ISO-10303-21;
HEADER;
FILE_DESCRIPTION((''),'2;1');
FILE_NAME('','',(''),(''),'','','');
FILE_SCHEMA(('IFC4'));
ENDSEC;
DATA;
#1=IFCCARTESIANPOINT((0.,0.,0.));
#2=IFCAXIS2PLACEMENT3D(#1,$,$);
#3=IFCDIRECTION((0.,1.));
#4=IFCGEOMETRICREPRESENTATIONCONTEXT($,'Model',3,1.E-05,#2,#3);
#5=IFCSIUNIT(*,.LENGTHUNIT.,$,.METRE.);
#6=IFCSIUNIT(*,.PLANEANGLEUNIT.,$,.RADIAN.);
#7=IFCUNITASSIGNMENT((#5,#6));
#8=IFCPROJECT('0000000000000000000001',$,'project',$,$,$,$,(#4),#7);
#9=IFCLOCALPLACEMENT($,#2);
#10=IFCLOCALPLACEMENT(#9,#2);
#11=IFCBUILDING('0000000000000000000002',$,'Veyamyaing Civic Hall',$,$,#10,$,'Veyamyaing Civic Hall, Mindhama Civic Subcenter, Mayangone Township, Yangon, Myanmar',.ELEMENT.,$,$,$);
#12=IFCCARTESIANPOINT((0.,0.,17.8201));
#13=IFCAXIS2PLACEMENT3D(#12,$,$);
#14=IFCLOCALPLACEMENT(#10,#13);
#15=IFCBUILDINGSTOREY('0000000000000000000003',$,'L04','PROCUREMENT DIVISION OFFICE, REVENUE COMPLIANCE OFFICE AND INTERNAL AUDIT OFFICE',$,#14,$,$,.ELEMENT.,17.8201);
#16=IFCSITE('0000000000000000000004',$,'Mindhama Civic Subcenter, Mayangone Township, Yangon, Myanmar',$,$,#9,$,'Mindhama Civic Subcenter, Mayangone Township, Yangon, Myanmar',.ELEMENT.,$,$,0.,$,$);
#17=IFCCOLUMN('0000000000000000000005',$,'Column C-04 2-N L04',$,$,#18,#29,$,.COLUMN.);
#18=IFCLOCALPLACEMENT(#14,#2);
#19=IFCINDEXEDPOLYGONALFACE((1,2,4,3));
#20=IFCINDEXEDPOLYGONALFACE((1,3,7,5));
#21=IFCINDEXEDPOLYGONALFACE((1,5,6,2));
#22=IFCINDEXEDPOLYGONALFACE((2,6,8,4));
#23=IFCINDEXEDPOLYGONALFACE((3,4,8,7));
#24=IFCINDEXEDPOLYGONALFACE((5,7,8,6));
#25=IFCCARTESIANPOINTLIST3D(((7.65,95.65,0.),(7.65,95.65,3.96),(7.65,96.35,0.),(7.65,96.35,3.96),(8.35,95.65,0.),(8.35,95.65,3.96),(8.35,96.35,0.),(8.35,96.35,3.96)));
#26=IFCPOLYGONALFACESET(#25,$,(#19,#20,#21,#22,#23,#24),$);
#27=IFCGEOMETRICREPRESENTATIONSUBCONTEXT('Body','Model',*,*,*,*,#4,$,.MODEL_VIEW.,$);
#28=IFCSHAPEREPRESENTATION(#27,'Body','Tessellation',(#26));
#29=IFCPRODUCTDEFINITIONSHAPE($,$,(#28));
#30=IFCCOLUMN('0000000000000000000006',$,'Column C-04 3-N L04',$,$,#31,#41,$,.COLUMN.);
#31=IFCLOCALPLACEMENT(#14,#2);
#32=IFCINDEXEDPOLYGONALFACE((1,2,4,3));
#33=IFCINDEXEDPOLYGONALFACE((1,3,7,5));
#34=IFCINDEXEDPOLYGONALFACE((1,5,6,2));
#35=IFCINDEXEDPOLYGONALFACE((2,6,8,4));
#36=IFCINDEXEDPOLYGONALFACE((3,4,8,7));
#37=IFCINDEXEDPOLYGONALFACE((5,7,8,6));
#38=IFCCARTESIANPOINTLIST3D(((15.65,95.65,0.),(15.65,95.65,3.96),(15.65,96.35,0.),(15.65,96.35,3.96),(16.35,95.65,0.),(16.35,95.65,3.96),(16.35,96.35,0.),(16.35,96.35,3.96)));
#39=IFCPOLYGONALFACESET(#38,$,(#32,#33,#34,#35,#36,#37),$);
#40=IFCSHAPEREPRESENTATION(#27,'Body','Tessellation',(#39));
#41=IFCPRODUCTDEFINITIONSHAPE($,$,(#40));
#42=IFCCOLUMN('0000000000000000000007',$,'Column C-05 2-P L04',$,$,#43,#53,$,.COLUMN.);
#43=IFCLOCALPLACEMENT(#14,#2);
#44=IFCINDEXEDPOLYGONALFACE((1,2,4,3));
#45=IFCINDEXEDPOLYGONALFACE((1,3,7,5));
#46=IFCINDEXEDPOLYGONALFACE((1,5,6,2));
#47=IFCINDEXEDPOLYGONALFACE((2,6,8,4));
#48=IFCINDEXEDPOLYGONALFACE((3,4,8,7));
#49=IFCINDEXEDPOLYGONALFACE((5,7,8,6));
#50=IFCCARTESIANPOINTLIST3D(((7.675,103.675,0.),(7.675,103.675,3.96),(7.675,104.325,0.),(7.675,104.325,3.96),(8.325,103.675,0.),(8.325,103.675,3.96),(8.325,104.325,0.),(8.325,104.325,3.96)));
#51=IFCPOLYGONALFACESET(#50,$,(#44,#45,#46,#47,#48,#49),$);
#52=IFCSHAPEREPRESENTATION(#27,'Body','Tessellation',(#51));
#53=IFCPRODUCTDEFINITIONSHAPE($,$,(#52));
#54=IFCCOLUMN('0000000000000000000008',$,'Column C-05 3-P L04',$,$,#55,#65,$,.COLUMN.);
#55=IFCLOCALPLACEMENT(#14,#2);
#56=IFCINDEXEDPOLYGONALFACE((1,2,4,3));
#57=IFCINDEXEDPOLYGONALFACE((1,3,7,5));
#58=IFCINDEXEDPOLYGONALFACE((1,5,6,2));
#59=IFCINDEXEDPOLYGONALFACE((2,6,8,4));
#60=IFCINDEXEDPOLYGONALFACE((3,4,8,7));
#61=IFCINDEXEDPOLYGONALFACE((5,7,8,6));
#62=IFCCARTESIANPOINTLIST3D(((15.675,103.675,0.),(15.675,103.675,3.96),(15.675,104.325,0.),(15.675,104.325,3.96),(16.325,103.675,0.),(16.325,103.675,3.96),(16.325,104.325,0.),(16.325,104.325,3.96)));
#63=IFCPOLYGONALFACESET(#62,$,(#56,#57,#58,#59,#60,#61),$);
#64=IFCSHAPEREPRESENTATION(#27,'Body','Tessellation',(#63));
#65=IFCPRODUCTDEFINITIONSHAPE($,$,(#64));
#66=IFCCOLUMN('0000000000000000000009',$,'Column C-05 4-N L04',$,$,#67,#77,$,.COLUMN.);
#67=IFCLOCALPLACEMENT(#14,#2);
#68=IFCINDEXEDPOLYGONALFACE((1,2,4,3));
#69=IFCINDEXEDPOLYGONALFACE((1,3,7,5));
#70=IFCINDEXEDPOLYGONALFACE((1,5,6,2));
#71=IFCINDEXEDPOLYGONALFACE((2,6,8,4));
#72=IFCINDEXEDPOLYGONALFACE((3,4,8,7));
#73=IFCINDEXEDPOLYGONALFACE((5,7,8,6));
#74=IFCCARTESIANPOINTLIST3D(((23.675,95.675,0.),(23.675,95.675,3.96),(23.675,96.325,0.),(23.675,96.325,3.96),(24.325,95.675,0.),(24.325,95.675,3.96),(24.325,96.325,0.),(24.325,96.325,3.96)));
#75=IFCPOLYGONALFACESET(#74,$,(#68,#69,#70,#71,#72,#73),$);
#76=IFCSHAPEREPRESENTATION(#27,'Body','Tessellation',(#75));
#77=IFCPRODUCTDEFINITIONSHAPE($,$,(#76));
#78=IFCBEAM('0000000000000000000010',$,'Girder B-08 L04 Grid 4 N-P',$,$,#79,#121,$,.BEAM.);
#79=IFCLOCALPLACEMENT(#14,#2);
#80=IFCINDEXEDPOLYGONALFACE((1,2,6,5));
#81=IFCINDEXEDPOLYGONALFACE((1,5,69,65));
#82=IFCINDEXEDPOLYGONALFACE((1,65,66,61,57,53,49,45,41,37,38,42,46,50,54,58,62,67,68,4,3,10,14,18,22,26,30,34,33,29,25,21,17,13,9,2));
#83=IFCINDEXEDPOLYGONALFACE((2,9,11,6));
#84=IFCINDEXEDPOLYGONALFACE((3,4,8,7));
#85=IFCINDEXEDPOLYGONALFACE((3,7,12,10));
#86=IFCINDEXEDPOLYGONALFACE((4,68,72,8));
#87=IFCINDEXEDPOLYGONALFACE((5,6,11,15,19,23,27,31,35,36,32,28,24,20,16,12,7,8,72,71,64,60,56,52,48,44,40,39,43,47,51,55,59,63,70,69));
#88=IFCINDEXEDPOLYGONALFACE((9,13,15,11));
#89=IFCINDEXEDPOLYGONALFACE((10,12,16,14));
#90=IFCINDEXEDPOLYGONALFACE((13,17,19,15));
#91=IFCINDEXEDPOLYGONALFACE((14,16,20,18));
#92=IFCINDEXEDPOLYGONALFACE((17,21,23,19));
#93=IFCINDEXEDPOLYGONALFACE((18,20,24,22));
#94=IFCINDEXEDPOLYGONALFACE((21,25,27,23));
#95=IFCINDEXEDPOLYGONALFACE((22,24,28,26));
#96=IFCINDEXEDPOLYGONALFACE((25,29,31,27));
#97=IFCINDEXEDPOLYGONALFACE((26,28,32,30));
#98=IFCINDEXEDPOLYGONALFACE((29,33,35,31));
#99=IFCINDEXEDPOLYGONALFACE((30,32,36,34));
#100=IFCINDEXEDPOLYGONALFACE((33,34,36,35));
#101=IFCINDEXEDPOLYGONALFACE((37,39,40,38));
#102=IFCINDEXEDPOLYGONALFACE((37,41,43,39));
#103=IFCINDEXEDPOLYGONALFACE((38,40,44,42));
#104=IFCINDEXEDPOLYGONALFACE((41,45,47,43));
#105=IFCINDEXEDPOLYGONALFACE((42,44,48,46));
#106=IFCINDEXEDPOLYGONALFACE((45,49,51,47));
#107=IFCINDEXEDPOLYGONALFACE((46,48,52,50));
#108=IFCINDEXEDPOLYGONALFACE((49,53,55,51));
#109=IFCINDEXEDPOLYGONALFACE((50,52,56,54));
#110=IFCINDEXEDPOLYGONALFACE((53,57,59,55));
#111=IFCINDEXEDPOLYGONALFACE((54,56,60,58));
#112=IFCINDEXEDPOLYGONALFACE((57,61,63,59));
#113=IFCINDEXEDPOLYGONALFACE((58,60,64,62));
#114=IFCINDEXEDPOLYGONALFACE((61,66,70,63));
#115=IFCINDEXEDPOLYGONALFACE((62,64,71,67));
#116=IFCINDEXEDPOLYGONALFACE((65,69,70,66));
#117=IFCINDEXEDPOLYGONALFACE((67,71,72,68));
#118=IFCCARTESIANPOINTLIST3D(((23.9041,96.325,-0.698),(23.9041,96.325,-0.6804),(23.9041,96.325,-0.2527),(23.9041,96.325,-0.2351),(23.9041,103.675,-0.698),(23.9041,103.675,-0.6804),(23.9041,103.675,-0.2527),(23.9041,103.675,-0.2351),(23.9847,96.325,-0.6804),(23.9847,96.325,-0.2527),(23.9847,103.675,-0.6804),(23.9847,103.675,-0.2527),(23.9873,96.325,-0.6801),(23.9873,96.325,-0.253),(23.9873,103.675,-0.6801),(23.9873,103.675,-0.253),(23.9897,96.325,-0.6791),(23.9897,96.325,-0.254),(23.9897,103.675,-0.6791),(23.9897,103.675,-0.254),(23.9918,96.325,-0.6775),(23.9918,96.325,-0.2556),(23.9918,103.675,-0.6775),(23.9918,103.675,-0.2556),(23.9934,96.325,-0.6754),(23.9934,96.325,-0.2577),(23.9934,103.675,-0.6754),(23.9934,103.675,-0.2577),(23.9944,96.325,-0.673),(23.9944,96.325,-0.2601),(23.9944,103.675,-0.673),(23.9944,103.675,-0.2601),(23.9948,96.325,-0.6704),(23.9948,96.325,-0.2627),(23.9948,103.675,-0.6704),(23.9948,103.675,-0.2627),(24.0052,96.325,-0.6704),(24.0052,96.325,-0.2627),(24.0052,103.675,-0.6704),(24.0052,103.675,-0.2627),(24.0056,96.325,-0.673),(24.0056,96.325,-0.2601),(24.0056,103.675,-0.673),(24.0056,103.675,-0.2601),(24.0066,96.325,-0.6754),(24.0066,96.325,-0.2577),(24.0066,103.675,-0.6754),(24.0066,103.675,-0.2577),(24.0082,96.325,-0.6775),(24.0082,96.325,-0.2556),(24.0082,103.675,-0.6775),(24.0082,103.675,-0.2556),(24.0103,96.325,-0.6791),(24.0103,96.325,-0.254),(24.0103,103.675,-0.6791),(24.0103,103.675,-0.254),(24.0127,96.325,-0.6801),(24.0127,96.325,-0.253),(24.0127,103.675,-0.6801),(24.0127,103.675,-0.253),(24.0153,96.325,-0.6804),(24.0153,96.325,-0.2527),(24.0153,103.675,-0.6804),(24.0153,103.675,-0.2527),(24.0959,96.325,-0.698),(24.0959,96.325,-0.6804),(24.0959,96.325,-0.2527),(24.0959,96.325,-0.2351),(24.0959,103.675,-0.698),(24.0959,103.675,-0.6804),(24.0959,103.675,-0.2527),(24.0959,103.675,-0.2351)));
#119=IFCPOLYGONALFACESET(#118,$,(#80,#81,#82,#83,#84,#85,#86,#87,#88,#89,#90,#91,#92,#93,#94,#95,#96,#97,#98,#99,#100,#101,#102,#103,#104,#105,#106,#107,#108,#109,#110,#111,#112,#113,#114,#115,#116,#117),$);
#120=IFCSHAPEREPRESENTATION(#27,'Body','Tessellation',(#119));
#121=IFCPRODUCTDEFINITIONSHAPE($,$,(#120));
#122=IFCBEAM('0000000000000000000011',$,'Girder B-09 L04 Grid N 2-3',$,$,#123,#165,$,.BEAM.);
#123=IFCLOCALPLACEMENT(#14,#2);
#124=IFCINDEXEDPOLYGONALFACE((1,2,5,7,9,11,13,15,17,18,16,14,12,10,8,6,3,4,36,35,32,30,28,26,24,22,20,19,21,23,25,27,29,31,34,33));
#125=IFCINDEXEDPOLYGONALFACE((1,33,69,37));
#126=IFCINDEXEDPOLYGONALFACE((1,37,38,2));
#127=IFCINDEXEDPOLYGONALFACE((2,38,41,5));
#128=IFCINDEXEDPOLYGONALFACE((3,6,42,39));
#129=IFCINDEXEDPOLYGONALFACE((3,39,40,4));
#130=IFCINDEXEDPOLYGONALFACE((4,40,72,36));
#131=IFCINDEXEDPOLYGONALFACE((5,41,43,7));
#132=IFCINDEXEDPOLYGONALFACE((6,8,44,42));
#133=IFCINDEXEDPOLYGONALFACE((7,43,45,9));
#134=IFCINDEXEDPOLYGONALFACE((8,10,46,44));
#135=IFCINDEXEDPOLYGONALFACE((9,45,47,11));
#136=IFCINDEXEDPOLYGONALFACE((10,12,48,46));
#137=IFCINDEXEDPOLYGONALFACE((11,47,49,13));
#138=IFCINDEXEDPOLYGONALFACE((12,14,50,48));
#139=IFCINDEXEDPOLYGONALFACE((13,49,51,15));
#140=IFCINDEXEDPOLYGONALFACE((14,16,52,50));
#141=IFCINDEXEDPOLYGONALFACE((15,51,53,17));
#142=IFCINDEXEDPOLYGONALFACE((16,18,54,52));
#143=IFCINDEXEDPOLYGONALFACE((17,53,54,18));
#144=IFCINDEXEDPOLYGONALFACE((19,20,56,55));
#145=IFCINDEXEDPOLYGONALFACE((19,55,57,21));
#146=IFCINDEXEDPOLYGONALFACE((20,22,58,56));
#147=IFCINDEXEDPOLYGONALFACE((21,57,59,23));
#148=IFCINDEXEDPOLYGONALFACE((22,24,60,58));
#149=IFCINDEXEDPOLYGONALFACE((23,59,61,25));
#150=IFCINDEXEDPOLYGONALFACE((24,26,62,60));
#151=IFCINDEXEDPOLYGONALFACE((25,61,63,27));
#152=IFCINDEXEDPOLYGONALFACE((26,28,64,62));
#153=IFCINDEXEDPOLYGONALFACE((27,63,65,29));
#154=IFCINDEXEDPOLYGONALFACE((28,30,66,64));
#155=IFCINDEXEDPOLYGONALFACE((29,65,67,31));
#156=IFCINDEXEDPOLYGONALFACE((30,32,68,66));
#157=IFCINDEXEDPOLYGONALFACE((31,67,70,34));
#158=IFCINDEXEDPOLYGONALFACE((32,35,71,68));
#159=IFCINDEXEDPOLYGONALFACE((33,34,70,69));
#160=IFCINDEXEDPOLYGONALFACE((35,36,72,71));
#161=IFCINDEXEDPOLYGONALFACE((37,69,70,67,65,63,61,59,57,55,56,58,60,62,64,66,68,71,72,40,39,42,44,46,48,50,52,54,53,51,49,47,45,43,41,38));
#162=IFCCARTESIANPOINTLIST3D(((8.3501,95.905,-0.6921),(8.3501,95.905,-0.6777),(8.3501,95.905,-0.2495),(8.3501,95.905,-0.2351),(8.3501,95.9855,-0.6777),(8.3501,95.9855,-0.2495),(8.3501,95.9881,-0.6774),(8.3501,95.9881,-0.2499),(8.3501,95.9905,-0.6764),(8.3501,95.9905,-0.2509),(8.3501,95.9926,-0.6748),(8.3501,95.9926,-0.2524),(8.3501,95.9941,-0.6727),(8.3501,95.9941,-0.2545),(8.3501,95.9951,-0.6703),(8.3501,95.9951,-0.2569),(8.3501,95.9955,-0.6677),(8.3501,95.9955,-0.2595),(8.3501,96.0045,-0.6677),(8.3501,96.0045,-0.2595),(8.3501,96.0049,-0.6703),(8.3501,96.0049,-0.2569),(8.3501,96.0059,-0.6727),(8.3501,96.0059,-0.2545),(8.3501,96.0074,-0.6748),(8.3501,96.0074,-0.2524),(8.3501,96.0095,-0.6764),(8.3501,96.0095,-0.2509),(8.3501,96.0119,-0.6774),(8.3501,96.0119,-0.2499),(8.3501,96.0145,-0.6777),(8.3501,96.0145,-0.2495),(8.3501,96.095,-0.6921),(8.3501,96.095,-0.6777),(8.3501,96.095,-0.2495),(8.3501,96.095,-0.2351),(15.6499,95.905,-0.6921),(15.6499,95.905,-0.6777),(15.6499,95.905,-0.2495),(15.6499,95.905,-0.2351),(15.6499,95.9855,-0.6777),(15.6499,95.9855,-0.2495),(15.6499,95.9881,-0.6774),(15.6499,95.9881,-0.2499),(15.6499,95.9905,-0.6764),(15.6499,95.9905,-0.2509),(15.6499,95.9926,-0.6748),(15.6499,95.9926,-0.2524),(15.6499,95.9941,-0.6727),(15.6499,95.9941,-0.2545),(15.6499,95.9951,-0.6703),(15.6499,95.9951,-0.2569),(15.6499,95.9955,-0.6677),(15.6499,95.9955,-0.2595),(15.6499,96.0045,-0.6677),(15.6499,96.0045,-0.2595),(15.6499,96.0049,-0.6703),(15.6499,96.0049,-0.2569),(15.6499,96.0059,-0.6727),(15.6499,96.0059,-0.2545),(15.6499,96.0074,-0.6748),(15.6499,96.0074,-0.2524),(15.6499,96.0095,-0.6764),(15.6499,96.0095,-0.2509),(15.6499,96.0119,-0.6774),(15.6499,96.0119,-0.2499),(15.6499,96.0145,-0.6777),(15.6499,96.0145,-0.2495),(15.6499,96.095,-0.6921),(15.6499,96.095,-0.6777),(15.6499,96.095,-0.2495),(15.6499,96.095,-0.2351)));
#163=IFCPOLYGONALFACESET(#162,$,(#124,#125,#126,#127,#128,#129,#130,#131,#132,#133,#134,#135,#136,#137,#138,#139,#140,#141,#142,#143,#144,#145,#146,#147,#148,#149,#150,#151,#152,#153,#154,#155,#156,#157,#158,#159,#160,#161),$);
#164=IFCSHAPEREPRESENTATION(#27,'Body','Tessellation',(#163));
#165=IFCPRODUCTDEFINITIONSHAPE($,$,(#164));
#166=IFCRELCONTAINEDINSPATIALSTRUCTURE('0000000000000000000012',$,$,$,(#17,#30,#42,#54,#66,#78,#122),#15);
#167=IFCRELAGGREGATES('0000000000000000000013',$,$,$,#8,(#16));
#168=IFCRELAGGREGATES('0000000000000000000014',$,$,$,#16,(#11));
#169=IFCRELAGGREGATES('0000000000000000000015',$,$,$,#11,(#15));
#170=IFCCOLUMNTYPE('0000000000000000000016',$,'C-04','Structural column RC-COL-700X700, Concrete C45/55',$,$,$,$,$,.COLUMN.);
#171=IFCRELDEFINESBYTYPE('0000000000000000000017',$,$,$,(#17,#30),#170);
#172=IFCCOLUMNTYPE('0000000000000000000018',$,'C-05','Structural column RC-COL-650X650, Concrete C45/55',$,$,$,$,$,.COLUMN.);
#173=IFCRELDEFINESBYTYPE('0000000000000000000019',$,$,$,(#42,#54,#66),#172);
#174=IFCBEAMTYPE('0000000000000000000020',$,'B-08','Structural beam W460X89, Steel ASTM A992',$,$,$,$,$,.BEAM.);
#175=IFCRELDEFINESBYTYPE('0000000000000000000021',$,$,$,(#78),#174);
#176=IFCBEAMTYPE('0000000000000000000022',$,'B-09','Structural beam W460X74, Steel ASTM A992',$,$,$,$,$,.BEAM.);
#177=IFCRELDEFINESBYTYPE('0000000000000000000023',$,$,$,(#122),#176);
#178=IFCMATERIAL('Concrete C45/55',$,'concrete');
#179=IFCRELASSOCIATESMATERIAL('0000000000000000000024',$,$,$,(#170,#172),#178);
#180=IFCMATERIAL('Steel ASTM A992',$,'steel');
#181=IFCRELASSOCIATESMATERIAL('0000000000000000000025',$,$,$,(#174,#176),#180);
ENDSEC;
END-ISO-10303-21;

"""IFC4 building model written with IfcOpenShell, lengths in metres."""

from ifc_helpers import new_model, si_unit, direction, frame, origin, origin_2d, place, context, subcontext, project, spatial, rectangle, i_section, extrude, material, material_profile, profile_set, type_object, element, save


model = new_model("IFC4")

# Units and contexts
model_context = context("Model", 3, precision=1e-05, world=origin(), true_north=direction((0.0, 1.0)))
body_context = subcontext(model_context, "Body", "Model", "MODEL_VIEW")
ifc_project = project(units=[si_unit("LENGTHUNIT", "METRE"), si_unit("PLANEANGLEUNIT", "RADIAN")], contexts=[model_context])

# Site, building, storey
site_placement = place(None, origin())
site = spatial("IfcSite", under=ifc_project, at=site_placement, Name="Mindhama Civic Subcenter, Mayangone Township, Yangon, Myanmar", LongName="Mindhama Civic Subcenter, Mayangone Township, Yangon, Myanmar", CompositionType="ELEMENT", RefElevation=0.0)
building_placement = place(site_placement, origin())
building = spatial("IfcBuilding", under=site, at=building_placement, Name="Veyamyaing Civic Hall", LongName="Veyamyaing Civic Hall, Mindhama Civic Subcenter, Mayangone Township, Yangon, Myanmar", CompositionType="ELEMENT")
storey_placement = place(building_placement, frame((0.0, 0.0, 17.8201)))
storey = spatial("IfcBuildingStorey", under=building, at=storey_placement, Name="L04", Description="PROCUREMENT DIVISION OFFICE, REVENUE COMPLIANCE OFFICE AND INTERNAL AUDIT OFFICE", CompositionType="ELEMENT", Elevation=17.8201)

# Columns
ifc_material_1 = material(Name="Concrete C45/55", Category="concrete")
ifc_material_profile_1 = material_profile(ifc_material_1, rectangle(XDim=0.7, YDim=0.7, at=origin_2d()), Name="RC-COL-700X700")
ifc_profile_set_1 = profile_set([ifc_material_profile_1], Name="Concrete C45/55")
column_type_1 = type_object("IfcColumnType", Name="C-04", Description="Structural column RC-COL-700X700, Concrete C45/55", PredefinedType="COLUMN", material=ifc_profile_set_1)
for number, where, z_axis, x_axis, name in (
    (1, (8.0, 96.0, 0.0), (0.0, 0.0, 1.0), (1.0, 0.0, 0.0), "Column C-04 2-N L04"),
    (2, (16.0, 96.0, 0.0), (0.0, 0.0, 1.0), (1.0, 0.0, 0.0), "Column C-04 3-N L04"),
):
    element("IfcColumn", number, at=place(storey_placement, frame(where, z_axis=z_axis, x_axis=x_axis)), inside=storey, type_object=column_type_1, Name=name, PredefinedType="COLUMN", context=body_context, shape_type="SweptSolid", body=[
        extrude(rectangle(XDim=0.7, YDim=0.7, at=origin_2d()), origin(), (0.0, 0.0, 1.0), 3.96),
    ])
ifc_material_profile_2 = material_profile(ifc_material_1, rectangle(XDim=0.6499, YDim=0.6499, at=origin_2d()), Name="RC-COL-650X650")
ifc_profile_set_2 = profile_set([ifc_material_profile_2], Name="Concrete C45/55")
column_type_2 = type_object("IfcColumnType", Name="C-05", Description="Structural column RC-COL-650X650, Concrete C45/55", PredefinedType="COLUMN", material=ifc_profile_set_2)
for number, where, z_axis, x_axis, name in (
    (3, (8.0, 104.0, 0.0), (0.0, 0.0, 1.0), (1.0, 0.0, 0.0), "Column C-05 2-P L04"),
    (4, (16.0, 104.0, 0.0), (0.0, 0.0, 1.0), (1.0, 0.0, 0.0), "Column C-05 3-P L04"),
    (5, (24.0, 96.0, 0.0), (0.0, 0.0, 1.0), (1.0, 0.0, 0.0), "Column C-05 4-N L04"),
):
    element("IfcColumn", number, at=place(storey_placement, frame(where, z_axis=z_axis, x_axis=x_axis)), inside=storey, type_object=column_type_2, Name=name, PredefinedType="COLUMN", context=body_context, shape_type="SweptSolid", body=[
        extrude(rectangle(XDim=0.6499, YDim=0.6499, at=origin_2d()), origin(), (0.0, 0.0, 1.0), 3.96),
    ])

# Beams
ifc_material_2 = material(Name="Steel ASTM A992", Category="steel")
ifc_material_profile_3 = material_profile(ifc_material_2, i_section(OverallWidth=0.1919, OverallDepth=0.4629, WebThickness=0.0105, FlangeThickness=0.0176, FilletRadius=0.01, at=origin_2d()), Name="W460X89")
ifc_profile_set_3 = profile_set([ifc_material_profile_3], Name="Steel ASTM A992")
beam_type_1 = type_object("IfcBeamType", Name="B-08", Description="Structural beam W460X89, Steel ASTM A992", PredefinedType="BEAM", material=ifc_profile_set_3)
beam_1_placement = place(storey_placement, frame((24.0, 96.325, -0.4666), z_axis=(0.0, 1.0, 0.0), x_axis=(-1.0, 0.0, 0.0)))
element("IfcBeam", 6, at=beam_1_placement, inside=storey, type_object=beam_type_1, Name="Girder B-08 L04 Grid 4 N-P", PredefinedType="BEAM", context=body_context, shape_type="SweptSolid", body=[
    extrude(i_section(OverallWidth=0.1919, OverallDepth=0.4629, WebThickness=0.0105, FlangeThickness=0.0176, FilletRadius=0.01, at=origin_2d()), origin(), (0.0, 0.0, 1.0), 7.3501),
])
ifc_material_profile_4 = material_profile(ifc_material_2, i_section(OverallWidth=0.1899, OverallDepth=0.457, WebThickness=0.009, FlangeThickness=0.0144, FilletRadius=0.01, at=origin_2d()), Name="W460X74")
ifc_profile_set_4 = profile_set([ifc_material_profile_4], Name="Steel ASTM A992")
beam_type_2 = type_object("IfcBeamType", Name="B-09", Description="Structural beam W460X74, Steel ASTM A992", PredefinedType="BEAM", material=ifc_profile_set_4)
beam_2_placement = place(storey_placement, frame((8.3501, 96.0, -0.4636), z_axis=(1.0, 0.0, 0.0), x_axis=(0.0, 1.0, 0.0)))
element("IfcBeam", 7, at=beam_2_placement, inside=storey, type_object=beam_type_2, Name="Girder B-09 L04 Grid N 2-3", PredefinedType="BEAM", context=body_context, shape_type="SweptSolid", body=[
    extrude(i_section(OverallWidth=0.1899, OverallDepth=0.457, WebThickness=0.009, FlangeThickness=0.0144, FilletRadius=0.01, at=origin_2d()), origin(), (0.0, 0.0, 1.0), 7.2998),
])

save(model, "model.ifc")
